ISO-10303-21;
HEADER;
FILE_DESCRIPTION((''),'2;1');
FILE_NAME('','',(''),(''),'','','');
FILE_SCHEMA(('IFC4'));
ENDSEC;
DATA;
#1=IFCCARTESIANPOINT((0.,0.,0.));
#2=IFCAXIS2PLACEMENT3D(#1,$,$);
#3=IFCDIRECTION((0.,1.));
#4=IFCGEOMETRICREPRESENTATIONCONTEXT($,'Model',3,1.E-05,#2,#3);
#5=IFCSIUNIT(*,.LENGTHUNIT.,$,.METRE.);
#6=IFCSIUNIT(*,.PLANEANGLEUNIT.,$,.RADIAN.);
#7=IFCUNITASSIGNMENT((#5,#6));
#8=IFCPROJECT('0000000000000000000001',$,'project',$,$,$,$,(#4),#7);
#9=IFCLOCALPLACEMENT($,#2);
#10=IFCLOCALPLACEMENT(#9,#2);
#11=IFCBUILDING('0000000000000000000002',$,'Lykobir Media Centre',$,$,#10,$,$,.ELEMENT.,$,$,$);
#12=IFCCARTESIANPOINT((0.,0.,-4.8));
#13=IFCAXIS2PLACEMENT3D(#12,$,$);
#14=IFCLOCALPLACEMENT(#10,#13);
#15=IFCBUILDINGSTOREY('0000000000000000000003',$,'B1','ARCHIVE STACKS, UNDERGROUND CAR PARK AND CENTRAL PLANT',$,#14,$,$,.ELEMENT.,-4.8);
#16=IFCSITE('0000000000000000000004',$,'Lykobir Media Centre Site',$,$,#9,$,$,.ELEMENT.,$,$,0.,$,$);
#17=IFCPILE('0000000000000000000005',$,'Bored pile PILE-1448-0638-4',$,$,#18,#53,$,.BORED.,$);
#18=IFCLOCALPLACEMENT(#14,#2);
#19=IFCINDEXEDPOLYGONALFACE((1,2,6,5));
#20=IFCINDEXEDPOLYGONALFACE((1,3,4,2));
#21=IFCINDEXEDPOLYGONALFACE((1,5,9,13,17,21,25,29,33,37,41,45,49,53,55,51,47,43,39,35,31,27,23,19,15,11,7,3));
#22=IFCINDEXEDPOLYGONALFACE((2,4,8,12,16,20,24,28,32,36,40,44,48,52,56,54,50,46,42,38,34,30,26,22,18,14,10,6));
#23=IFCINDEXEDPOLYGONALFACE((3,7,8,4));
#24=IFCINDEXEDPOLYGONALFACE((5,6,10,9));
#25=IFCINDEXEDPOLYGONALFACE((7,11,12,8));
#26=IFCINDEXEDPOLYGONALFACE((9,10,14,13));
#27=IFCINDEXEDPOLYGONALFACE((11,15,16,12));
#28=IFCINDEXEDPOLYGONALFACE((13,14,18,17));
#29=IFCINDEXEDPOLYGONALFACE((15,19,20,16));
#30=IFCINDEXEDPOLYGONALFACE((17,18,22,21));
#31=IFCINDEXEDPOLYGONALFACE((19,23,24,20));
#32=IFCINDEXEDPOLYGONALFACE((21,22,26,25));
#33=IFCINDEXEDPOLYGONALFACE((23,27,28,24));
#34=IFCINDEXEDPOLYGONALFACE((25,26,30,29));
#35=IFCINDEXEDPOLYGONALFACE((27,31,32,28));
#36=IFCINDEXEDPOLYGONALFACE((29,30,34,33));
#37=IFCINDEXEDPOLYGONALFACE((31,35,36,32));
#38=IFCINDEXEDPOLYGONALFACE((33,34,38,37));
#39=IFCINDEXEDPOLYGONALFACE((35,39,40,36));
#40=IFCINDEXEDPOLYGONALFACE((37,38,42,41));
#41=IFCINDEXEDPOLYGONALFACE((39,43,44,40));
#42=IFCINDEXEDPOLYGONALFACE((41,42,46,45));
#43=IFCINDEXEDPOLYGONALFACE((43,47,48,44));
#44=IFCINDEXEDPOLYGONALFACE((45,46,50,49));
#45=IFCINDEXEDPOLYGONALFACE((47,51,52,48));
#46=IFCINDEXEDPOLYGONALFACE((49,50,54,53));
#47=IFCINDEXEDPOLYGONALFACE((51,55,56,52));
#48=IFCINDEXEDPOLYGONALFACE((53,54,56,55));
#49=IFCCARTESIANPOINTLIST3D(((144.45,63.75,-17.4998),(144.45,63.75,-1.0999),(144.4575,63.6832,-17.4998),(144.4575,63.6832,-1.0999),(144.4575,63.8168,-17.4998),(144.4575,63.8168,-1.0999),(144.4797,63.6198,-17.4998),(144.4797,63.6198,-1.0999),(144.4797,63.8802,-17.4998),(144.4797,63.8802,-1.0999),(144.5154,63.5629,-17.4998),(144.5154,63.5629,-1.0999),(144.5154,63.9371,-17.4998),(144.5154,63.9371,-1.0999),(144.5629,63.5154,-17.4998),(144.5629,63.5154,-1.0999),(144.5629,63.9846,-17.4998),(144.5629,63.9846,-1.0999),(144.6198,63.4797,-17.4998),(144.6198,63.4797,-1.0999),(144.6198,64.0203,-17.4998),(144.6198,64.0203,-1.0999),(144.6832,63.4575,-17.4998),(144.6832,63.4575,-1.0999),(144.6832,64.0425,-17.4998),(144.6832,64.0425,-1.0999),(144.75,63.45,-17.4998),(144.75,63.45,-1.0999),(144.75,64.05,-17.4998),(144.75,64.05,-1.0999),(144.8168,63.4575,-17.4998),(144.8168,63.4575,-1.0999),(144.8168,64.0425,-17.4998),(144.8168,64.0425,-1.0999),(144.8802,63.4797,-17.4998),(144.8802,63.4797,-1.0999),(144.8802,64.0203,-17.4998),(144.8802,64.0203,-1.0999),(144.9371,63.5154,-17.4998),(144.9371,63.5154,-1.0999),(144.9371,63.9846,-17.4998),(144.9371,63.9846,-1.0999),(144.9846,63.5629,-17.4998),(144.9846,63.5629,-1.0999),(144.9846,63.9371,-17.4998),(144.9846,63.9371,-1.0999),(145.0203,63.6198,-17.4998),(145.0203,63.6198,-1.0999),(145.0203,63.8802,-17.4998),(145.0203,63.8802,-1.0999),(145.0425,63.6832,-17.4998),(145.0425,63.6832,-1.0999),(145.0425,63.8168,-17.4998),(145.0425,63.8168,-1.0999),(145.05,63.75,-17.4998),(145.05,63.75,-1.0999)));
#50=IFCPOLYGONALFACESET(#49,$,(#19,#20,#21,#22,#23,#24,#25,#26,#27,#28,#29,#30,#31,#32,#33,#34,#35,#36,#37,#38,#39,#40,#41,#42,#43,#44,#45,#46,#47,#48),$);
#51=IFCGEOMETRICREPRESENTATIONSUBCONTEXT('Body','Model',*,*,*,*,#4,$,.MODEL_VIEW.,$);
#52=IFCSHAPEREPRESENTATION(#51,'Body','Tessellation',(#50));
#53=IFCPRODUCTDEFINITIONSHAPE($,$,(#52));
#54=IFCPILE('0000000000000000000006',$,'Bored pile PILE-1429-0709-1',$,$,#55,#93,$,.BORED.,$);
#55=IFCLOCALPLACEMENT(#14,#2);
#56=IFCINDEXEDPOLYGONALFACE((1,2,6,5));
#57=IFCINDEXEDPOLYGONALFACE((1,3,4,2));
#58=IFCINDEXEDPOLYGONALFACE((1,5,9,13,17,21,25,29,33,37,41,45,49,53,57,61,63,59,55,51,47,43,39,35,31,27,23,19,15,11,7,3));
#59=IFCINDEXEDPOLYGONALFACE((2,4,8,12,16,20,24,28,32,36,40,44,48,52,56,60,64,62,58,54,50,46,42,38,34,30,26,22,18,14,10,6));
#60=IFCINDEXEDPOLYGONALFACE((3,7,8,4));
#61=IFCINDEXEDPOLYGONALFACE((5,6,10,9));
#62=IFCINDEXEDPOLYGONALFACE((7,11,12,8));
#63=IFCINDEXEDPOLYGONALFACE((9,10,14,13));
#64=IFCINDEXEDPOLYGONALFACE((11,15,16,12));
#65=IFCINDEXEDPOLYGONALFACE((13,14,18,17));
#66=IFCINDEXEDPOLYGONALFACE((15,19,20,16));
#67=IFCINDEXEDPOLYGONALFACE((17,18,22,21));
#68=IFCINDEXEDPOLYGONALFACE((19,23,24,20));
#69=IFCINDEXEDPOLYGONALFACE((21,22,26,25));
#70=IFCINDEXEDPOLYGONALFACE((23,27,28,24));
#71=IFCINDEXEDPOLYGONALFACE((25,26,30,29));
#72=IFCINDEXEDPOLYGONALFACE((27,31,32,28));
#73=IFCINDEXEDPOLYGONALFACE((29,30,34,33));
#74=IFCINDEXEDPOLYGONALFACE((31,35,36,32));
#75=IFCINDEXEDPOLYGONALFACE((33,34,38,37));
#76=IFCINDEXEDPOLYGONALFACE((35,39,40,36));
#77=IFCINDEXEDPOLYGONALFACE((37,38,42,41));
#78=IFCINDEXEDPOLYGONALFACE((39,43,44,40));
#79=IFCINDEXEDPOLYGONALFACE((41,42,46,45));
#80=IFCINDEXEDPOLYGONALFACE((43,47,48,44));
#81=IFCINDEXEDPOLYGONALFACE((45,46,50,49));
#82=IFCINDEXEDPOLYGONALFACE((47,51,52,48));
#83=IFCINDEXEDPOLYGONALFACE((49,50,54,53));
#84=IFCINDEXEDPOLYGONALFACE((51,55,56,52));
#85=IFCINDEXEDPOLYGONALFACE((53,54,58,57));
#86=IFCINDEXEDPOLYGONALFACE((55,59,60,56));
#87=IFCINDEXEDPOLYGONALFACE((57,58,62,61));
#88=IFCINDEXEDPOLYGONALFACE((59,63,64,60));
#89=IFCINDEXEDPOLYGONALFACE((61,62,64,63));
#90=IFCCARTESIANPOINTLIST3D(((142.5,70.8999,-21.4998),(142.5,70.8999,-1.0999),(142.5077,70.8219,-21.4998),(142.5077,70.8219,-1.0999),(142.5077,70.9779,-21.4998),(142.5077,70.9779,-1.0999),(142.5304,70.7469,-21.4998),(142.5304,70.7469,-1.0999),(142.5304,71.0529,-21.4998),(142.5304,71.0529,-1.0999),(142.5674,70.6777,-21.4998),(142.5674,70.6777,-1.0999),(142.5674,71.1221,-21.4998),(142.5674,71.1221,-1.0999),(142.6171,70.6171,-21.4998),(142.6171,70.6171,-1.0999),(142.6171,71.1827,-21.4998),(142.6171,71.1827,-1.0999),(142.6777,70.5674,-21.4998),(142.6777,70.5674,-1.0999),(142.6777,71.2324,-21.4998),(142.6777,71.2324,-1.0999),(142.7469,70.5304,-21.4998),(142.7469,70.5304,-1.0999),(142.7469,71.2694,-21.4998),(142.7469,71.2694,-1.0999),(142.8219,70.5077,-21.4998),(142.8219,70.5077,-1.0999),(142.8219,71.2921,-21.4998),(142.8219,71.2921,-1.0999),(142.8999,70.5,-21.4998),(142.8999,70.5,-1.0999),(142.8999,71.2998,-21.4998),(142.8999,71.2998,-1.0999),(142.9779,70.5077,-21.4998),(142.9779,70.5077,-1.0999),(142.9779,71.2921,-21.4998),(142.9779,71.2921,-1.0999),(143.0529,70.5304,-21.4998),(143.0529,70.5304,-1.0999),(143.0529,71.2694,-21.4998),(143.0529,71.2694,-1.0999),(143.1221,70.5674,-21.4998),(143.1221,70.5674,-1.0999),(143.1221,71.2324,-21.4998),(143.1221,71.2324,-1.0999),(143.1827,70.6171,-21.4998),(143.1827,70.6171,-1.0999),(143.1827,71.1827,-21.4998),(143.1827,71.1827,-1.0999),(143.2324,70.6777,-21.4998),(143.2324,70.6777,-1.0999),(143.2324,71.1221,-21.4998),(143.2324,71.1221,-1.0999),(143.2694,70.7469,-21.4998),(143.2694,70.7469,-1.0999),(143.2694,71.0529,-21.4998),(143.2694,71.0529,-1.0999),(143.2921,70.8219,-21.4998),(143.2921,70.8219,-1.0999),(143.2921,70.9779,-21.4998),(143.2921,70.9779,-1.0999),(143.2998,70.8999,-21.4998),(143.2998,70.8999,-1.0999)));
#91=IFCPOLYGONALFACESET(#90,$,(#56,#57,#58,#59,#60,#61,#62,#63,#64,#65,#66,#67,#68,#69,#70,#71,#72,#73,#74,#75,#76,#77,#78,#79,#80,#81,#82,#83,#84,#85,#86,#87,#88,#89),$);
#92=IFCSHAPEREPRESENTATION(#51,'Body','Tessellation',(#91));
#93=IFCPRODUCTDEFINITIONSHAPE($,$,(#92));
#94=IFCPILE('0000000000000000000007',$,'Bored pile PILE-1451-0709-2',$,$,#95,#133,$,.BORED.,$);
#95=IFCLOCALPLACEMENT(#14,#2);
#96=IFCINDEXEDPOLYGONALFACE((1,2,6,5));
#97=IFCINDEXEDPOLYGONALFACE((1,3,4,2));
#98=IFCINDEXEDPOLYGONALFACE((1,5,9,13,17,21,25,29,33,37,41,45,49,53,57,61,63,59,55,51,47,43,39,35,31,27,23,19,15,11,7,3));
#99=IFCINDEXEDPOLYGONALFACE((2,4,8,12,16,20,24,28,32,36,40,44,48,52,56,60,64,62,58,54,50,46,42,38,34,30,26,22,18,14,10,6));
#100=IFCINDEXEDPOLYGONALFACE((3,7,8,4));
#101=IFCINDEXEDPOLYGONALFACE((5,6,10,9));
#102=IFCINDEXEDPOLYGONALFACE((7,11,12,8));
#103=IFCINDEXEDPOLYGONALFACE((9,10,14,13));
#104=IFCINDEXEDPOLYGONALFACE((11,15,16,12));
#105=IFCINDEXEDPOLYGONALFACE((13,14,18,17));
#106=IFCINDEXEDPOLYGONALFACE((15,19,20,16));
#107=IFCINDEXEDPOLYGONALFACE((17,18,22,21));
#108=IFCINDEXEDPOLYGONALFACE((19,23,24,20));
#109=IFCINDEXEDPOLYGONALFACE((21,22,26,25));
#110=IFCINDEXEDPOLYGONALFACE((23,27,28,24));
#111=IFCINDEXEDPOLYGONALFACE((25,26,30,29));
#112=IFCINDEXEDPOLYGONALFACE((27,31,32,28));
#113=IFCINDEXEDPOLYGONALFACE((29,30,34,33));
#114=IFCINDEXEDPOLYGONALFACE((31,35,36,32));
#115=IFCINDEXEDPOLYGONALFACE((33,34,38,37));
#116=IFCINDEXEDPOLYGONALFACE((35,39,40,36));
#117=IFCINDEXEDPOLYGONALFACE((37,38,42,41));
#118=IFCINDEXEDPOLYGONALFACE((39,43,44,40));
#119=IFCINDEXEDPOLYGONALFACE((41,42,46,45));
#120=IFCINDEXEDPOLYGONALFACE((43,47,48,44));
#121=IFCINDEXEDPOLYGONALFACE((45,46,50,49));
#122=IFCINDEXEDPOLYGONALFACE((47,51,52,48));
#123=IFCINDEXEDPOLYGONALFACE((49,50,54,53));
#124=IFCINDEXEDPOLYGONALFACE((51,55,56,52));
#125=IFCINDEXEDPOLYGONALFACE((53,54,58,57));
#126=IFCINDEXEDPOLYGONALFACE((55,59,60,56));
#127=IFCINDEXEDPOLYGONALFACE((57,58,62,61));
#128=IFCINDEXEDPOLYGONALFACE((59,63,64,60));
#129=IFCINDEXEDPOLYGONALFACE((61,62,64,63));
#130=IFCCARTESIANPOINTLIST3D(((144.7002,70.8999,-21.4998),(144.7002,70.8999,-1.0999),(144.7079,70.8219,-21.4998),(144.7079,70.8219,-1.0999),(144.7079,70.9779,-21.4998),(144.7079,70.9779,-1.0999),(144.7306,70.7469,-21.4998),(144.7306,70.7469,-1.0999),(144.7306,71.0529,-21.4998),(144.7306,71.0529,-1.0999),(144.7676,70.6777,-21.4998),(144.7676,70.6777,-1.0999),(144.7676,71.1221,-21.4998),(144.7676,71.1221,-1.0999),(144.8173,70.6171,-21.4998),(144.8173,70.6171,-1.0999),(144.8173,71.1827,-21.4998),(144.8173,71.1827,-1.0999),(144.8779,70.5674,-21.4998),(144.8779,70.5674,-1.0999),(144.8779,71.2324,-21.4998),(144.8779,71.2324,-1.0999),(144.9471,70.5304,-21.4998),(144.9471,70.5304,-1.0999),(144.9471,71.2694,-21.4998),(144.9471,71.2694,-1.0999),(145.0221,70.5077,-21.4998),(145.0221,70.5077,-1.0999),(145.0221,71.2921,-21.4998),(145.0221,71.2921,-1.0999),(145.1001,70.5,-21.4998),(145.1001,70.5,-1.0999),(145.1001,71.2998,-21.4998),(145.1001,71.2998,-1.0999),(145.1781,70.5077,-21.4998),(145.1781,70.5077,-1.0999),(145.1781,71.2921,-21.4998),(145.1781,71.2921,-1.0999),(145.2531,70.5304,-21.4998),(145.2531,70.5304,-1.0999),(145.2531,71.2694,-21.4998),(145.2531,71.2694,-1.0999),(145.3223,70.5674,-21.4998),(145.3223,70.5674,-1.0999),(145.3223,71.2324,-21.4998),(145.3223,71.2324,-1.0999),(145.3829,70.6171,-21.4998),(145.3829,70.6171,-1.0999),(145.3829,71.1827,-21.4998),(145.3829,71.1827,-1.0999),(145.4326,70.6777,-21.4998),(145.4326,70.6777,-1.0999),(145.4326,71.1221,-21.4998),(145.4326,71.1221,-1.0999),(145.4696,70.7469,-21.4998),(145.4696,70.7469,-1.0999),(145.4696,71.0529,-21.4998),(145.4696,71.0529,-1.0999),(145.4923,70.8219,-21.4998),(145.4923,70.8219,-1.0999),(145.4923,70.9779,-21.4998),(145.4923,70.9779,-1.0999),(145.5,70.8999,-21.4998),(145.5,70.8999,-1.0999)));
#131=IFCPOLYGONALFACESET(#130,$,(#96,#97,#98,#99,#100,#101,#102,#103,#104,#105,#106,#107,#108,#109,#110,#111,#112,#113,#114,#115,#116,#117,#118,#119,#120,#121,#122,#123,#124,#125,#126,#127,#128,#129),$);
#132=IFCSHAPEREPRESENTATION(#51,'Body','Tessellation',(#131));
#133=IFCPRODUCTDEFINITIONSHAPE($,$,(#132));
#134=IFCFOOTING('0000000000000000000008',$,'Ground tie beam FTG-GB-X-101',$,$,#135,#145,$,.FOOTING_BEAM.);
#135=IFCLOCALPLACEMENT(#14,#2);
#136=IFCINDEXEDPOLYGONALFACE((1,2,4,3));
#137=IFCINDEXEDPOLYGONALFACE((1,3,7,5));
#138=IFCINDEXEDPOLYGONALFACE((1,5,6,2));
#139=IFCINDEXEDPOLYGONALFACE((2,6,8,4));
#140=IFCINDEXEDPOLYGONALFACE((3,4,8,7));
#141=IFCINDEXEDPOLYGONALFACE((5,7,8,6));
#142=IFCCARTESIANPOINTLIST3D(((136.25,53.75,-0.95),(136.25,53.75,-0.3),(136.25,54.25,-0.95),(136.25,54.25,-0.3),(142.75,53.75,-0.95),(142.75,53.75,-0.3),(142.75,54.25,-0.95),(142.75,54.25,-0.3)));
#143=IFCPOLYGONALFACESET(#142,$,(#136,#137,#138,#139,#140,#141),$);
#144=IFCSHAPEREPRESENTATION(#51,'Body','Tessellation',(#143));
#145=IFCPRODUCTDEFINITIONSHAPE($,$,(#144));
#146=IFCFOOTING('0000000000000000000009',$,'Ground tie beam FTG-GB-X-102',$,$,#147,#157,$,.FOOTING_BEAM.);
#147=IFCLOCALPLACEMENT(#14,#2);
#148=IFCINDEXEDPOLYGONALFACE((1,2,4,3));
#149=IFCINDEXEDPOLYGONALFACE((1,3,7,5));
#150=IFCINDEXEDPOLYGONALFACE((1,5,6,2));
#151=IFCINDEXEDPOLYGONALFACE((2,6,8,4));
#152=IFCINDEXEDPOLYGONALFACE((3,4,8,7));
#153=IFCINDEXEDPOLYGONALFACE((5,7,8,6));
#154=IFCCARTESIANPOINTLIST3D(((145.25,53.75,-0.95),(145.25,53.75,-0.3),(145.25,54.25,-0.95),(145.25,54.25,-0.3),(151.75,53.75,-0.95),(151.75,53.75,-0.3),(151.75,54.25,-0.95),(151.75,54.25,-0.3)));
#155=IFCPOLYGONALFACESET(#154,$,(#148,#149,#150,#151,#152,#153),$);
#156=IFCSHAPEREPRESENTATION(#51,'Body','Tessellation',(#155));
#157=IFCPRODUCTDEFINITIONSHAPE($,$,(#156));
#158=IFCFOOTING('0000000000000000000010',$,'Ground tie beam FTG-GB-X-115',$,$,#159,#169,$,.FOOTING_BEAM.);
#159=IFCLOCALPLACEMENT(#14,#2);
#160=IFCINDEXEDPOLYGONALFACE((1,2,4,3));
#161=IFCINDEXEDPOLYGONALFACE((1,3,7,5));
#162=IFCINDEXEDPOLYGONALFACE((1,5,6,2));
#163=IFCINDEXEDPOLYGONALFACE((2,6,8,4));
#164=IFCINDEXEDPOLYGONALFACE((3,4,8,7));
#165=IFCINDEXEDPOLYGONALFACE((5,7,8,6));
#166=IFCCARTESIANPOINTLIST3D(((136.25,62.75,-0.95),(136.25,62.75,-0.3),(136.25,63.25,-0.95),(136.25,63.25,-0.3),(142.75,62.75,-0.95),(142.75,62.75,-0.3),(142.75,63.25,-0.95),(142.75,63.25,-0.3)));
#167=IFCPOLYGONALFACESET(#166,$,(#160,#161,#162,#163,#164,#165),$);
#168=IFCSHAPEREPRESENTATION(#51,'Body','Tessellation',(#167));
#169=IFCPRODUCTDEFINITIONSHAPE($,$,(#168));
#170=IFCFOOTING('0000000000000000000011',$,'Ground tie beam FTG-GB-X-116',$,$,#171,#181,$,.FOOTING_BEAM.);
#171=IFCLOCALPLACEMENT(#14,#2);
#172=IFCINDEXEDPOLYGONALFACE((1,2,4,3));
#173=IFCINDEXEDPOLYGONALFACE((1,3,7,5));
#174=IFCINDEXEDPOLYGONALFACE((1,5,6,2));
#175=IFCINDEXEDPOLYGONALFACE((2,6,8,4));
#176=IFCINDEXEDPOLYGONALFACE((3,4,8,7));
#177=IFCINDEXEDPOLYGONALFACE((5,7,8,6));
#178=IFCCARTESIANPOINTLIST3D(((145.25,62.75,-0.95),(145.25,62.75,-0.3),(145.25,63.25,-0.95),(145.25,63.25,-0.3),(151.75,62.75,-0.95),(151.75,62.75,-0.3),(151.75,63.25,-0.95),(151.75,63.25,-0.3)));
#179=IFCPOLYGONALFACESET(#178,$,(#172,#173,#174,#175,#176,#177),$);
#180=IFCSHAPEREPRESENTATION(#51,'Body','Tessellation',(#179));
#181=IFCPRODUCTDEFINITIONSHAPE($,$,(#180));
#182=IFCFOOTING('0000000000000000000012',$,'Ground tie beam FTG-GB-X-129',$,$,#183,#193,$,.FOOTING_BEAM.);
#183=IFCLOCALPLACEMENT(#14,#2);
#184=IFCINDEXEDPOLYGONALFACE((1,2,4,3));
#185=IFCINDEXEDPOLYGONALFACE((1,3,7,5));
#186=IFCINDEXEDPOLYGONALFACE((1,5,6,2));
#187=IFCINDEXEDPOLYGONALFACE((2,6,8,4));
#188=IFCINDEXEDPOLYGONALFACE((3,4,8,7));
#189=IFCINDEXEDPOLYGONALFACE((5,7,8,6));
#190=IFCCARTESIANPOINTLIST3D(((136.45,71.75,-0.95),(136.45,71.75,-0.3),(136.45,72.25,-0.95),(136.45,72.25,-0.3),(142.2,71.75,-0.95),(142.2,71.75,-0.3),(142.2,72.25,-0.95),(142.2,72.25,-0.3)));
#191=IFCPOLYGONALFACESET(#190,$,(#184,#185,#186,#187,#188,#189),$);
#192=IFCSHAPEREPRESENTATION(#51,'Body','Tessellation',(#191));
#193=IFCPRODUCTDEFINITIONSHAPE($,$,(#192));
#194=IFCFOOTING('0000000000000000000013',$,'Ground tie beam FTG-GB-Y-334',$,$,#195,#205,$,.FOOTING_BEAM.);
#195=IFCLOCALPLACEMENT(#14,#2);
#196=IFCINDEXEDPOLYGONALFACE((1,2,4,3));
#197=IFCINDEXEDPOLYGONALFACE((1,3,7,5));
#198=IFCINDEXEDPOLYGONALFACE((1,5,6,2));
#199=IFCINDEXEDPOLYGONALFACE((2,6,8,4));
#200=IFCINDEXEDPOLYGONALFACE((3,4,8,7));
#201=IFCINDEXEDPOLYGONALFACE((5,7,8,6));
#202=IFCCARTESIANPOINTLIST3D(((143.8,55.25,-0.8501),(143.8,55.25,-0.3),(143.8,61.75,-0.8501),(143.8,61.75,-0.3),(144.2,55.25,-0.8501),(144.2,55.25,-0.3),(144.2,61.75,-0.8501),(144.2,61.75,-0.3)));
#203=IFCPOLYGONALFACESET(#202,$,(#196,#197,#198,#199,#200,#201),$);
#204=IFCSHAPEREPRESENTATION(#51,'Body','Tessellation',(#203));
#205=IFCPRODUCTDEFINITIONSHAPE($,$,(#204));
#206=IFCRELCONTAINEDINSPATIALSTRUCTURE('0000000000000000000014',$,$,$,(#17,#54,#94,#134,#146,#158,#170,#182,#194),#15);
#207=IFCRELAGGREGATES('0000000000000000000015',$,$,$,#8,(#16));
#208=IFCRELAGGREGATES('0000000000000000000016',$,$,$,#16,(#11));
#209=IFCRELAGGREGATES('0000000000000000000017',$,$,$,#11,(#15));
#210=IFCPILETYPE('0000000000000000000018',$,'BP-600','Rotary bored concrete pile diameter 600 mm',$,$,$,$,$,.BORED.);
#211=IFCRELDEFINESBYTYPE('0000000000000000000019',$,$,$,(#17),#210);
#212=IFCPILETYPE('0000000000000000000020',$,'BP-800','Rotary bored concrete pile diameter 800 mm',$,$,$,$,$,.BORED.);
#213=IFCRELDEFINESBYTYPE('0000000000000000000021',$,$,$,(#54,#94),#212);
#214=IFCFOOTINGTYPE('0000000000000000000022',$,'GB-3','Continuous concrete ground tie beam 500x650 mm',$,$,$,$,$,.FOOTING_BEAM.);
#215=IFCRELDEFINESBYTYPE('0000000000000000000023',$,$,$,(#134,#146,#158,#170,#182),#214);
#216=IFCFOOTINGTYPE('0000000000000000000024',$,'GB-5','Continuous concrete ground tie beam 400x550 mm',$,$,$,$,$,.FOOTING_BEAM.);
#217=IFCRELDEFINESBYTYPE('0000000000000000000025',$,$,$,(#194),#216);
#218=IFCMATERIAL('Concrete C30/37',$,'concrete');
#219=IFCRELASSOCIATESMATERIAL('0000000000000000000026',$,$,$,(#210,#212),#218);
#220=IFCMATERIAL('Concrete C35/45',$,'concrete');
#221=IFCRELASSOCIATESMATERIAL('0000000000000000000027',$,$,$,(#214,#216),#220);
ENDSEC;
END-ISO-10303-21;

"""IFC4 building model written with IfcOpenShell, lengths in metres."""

from ifc_helpers import new_model, si_unit, direction, frame, origin, origin_2d, place, context, subcontext, project, spatial, rectangle, circle, extrude, material, material_profile, profile_set, type_object, element, save


model = new_model("IFC4")

# Units and contexts
model_context = context("Model", 3, precision=1e-05, world=origin(), true_north=direction((0.0, 1.0)))
body_context = subcontext(model_context, "Body", "Model", "MODEL_VIEW")
ifc_project = project(units=[si_unit("LENGTHUNIT", "METRE"), si_unit("PLANEANGLEUNIT", "RADIAN")], contexts=[model_context])

# Site, building, storey
site_placement = place(None, origin())
site = spatial("IfcSite", under=ifc_project, at=site_placement, Name="Lykobir Media Centre Site", CompositionType="ELEMENT", RefElevation=0.0)
building_placement = place(site_placement, origin())
building = spatial("IfcBuilding", under=site, at=building_placement, Name="Lykobir Media Centre", CompositionType="ELEMENT")
storey_placement = place(building_placement, frame((0.0, 0.0, -4.8)))
storey = spatial("IfcBuildingStorey", under=building, at=storey_placement, Name="B1", Description="ARCHIVE STACKS, UNDERGROUND CAR PARK AND CENTRAL PLANT", CompositionType="ELEMENT", Elevation=-4.8)

# Piles
ifc_material_1 = material(Name="Concrete C30/37", Category="concrete")
ifc_material_profile_1 = material_profile(ifc_material_1, circle(Radius=0.3, at=origin_2d()), Name="BORED PILE D600")
ifc_profile_set_1 = profile_set([ifc_material_profile_1], Name="Concrete C30/37")
pile_type_1 = type_object("IfcPileType", Name="BP-600", Description="Rotary bored concrete pile diameter 600 mm", PredefinedType="BORED", material=ifc_profile_set_1)
for number, where, z_axis, x_axis, name in (
    (1, (144.75, 63.75, -1.0999), (0.0, 0.0, -1.0), (1.0, 0.0, 0.0), "Bored pile PILE-1448-0638-4"),
):
    element("IfcPile", number, at=place(storey_placement, frame(where, z_axis=z_axis, x_axis=x_axis)), inside=storey, type_object=pile_type_1, Name=name, PredefinedType="BORED", context=body_context, shape_type="SweptSolid", body=[
        extrude(circle(Radius=0.3, at=origin_2d()), origin(), (0.0, 0.0, 1.0), 16.3999),
    ])
ifc_material_profile_2 = material_profile(ifc_material_1, circle(Radius=0.3999, at=origin_2d()), Name="BORED PILE D800")
ifc_profile_set_2 = profile_set([ifc_material_profile_2], Name="Concrete C30/37")
pile_type_2 = type_object("IfcPileType", Name="BP-800", Description="Rotary bored concrete pile diameter 800 mm", PredefinedType="BORED", material=ifc_profile_set_2)
for number, where, z_axis, x_axis, name in (
    (2, (142.8999, 70.8999, -1.0999), (0.0, 0.0, -1.0), (1.0, 0.0, 0.0), "Bored pile PILE-1429-0709-1"),
    (3, (145.1001, 70.8999, -1.0999), (0.0, 0.0, -1.0), (1.0, 0.0, 0.0), "Bored pile PILE-1451-0709-2"),
):
    element("IfcPile", number, at=place(storey_placement, frame(where, z_axis=z_axis, x_axis=x_axis)), inside=storey, type_object=pile_type_2, Name=name, PredefinedType="BORED", context=body_context, shape_type="SweptSolid", body=[
        extrude(circle(Radius=0.3999, at=origin_2d()), origin(), (0.0, 0.0, 1.0), 20.3999),
    ])

# Footings
ifc_material_2 = material(Name="Concrete C35/45", Category="concrete")
footing_type_1 = type_object("IfcFootingType", Name="GB-3", Description="Continuous concrete ground tie beam 500x650 mm", PredefinedType="FOOTING_BEAM", material=ifc_material_2)
for number, where, z_axis, x_axis, name in (
    (4, (139.5, 54.0, -0.95), (0.0, 0.0, 1.0), (1.0, 0.0, 0.0), "Ground tie beam FTG-GB-X-101"),
    (5, (148.5, 54.0, -0.95), (0.0, 0.0, 1.0), (1.0, 0.0, 0.0), "Ground tie beam FTG-GB-X-102"),
    (6, (139.5, 63.0, -0.95), (0.0, 0.0, 1.0), (1.0, 0.0, 0.0), "Ground tie beam FTG-GB-X-115"),
    (7, (148.5, 63.0, -0.95), (0.0, 0.0, 1.0), (1.0, 0.0, 0.0), "Ground tie beam FTG-GB-X-116"),
):
    element("IfcFooting", number, at=place(storey_placement, frame(where, z_axis=z_axis, x_axis=x_axis)), inside=storey, type_object=footing_type_1, Name=name, PredefinedType="FOOTING_BEAM", context=body_context, shape_type="SweptSolid", body=[
        extrude(rectangle(XDim=6.5, YDim=0.5, at=origin_2d()), origin(), (0.0, 0.0, 1.0), 0.6499),
    ])
footing_1_placement = place(storey_placement, frame((139.325, 72.0, -0.95), z_axis=(0.0, 0.0, 1.0), x_axis=(1.0, 0.0, 0.0)))
element("IfcFooting", 8, at=footing_1_placement, inside=storey, type_object=footing_type_1, Name="Ground tie beam FTG-GB-X-129", PredefinedType="FOOTING_BEAM", context=body_context, shape_type="SweptSolid", body=[
    extrude(rectangle(XDim=5.75, YDim=0.5, at=origin_2d()), origin(), (0.0, 0.0, 1.0), 0.6499),
])
footing_type_2 = type_object("IfcFootingType", Name="GB-5", Description="Continuous concrete ground tie beam 400x550 mm", PredefinedType="FOOTING_BEAM", material=ifc_material_2)
footing_2_placement = place(storey_placement, frame((144.0, 58.5, -0.8501), z_axis=(0.0, 0.0, 1.0), x_axis=(0.0, 1.0, 0.0)))
element("IfcFooting", 9, at=footing_2_placement, inside=storey, type_object=footing_type_2, Name="Ground tie beam FTG-GB-Y-334", PredefinedType="FOOTING_BEAM", context=body_context, shape_type="SweptSolid", body=[
    extrude(rectangle(XDim=6.5, YDim=0.3999, at=origin_2d()), origin(), (0.0, 0.0, 1.0), 0.55),
])

save(model, "model.ifc")
